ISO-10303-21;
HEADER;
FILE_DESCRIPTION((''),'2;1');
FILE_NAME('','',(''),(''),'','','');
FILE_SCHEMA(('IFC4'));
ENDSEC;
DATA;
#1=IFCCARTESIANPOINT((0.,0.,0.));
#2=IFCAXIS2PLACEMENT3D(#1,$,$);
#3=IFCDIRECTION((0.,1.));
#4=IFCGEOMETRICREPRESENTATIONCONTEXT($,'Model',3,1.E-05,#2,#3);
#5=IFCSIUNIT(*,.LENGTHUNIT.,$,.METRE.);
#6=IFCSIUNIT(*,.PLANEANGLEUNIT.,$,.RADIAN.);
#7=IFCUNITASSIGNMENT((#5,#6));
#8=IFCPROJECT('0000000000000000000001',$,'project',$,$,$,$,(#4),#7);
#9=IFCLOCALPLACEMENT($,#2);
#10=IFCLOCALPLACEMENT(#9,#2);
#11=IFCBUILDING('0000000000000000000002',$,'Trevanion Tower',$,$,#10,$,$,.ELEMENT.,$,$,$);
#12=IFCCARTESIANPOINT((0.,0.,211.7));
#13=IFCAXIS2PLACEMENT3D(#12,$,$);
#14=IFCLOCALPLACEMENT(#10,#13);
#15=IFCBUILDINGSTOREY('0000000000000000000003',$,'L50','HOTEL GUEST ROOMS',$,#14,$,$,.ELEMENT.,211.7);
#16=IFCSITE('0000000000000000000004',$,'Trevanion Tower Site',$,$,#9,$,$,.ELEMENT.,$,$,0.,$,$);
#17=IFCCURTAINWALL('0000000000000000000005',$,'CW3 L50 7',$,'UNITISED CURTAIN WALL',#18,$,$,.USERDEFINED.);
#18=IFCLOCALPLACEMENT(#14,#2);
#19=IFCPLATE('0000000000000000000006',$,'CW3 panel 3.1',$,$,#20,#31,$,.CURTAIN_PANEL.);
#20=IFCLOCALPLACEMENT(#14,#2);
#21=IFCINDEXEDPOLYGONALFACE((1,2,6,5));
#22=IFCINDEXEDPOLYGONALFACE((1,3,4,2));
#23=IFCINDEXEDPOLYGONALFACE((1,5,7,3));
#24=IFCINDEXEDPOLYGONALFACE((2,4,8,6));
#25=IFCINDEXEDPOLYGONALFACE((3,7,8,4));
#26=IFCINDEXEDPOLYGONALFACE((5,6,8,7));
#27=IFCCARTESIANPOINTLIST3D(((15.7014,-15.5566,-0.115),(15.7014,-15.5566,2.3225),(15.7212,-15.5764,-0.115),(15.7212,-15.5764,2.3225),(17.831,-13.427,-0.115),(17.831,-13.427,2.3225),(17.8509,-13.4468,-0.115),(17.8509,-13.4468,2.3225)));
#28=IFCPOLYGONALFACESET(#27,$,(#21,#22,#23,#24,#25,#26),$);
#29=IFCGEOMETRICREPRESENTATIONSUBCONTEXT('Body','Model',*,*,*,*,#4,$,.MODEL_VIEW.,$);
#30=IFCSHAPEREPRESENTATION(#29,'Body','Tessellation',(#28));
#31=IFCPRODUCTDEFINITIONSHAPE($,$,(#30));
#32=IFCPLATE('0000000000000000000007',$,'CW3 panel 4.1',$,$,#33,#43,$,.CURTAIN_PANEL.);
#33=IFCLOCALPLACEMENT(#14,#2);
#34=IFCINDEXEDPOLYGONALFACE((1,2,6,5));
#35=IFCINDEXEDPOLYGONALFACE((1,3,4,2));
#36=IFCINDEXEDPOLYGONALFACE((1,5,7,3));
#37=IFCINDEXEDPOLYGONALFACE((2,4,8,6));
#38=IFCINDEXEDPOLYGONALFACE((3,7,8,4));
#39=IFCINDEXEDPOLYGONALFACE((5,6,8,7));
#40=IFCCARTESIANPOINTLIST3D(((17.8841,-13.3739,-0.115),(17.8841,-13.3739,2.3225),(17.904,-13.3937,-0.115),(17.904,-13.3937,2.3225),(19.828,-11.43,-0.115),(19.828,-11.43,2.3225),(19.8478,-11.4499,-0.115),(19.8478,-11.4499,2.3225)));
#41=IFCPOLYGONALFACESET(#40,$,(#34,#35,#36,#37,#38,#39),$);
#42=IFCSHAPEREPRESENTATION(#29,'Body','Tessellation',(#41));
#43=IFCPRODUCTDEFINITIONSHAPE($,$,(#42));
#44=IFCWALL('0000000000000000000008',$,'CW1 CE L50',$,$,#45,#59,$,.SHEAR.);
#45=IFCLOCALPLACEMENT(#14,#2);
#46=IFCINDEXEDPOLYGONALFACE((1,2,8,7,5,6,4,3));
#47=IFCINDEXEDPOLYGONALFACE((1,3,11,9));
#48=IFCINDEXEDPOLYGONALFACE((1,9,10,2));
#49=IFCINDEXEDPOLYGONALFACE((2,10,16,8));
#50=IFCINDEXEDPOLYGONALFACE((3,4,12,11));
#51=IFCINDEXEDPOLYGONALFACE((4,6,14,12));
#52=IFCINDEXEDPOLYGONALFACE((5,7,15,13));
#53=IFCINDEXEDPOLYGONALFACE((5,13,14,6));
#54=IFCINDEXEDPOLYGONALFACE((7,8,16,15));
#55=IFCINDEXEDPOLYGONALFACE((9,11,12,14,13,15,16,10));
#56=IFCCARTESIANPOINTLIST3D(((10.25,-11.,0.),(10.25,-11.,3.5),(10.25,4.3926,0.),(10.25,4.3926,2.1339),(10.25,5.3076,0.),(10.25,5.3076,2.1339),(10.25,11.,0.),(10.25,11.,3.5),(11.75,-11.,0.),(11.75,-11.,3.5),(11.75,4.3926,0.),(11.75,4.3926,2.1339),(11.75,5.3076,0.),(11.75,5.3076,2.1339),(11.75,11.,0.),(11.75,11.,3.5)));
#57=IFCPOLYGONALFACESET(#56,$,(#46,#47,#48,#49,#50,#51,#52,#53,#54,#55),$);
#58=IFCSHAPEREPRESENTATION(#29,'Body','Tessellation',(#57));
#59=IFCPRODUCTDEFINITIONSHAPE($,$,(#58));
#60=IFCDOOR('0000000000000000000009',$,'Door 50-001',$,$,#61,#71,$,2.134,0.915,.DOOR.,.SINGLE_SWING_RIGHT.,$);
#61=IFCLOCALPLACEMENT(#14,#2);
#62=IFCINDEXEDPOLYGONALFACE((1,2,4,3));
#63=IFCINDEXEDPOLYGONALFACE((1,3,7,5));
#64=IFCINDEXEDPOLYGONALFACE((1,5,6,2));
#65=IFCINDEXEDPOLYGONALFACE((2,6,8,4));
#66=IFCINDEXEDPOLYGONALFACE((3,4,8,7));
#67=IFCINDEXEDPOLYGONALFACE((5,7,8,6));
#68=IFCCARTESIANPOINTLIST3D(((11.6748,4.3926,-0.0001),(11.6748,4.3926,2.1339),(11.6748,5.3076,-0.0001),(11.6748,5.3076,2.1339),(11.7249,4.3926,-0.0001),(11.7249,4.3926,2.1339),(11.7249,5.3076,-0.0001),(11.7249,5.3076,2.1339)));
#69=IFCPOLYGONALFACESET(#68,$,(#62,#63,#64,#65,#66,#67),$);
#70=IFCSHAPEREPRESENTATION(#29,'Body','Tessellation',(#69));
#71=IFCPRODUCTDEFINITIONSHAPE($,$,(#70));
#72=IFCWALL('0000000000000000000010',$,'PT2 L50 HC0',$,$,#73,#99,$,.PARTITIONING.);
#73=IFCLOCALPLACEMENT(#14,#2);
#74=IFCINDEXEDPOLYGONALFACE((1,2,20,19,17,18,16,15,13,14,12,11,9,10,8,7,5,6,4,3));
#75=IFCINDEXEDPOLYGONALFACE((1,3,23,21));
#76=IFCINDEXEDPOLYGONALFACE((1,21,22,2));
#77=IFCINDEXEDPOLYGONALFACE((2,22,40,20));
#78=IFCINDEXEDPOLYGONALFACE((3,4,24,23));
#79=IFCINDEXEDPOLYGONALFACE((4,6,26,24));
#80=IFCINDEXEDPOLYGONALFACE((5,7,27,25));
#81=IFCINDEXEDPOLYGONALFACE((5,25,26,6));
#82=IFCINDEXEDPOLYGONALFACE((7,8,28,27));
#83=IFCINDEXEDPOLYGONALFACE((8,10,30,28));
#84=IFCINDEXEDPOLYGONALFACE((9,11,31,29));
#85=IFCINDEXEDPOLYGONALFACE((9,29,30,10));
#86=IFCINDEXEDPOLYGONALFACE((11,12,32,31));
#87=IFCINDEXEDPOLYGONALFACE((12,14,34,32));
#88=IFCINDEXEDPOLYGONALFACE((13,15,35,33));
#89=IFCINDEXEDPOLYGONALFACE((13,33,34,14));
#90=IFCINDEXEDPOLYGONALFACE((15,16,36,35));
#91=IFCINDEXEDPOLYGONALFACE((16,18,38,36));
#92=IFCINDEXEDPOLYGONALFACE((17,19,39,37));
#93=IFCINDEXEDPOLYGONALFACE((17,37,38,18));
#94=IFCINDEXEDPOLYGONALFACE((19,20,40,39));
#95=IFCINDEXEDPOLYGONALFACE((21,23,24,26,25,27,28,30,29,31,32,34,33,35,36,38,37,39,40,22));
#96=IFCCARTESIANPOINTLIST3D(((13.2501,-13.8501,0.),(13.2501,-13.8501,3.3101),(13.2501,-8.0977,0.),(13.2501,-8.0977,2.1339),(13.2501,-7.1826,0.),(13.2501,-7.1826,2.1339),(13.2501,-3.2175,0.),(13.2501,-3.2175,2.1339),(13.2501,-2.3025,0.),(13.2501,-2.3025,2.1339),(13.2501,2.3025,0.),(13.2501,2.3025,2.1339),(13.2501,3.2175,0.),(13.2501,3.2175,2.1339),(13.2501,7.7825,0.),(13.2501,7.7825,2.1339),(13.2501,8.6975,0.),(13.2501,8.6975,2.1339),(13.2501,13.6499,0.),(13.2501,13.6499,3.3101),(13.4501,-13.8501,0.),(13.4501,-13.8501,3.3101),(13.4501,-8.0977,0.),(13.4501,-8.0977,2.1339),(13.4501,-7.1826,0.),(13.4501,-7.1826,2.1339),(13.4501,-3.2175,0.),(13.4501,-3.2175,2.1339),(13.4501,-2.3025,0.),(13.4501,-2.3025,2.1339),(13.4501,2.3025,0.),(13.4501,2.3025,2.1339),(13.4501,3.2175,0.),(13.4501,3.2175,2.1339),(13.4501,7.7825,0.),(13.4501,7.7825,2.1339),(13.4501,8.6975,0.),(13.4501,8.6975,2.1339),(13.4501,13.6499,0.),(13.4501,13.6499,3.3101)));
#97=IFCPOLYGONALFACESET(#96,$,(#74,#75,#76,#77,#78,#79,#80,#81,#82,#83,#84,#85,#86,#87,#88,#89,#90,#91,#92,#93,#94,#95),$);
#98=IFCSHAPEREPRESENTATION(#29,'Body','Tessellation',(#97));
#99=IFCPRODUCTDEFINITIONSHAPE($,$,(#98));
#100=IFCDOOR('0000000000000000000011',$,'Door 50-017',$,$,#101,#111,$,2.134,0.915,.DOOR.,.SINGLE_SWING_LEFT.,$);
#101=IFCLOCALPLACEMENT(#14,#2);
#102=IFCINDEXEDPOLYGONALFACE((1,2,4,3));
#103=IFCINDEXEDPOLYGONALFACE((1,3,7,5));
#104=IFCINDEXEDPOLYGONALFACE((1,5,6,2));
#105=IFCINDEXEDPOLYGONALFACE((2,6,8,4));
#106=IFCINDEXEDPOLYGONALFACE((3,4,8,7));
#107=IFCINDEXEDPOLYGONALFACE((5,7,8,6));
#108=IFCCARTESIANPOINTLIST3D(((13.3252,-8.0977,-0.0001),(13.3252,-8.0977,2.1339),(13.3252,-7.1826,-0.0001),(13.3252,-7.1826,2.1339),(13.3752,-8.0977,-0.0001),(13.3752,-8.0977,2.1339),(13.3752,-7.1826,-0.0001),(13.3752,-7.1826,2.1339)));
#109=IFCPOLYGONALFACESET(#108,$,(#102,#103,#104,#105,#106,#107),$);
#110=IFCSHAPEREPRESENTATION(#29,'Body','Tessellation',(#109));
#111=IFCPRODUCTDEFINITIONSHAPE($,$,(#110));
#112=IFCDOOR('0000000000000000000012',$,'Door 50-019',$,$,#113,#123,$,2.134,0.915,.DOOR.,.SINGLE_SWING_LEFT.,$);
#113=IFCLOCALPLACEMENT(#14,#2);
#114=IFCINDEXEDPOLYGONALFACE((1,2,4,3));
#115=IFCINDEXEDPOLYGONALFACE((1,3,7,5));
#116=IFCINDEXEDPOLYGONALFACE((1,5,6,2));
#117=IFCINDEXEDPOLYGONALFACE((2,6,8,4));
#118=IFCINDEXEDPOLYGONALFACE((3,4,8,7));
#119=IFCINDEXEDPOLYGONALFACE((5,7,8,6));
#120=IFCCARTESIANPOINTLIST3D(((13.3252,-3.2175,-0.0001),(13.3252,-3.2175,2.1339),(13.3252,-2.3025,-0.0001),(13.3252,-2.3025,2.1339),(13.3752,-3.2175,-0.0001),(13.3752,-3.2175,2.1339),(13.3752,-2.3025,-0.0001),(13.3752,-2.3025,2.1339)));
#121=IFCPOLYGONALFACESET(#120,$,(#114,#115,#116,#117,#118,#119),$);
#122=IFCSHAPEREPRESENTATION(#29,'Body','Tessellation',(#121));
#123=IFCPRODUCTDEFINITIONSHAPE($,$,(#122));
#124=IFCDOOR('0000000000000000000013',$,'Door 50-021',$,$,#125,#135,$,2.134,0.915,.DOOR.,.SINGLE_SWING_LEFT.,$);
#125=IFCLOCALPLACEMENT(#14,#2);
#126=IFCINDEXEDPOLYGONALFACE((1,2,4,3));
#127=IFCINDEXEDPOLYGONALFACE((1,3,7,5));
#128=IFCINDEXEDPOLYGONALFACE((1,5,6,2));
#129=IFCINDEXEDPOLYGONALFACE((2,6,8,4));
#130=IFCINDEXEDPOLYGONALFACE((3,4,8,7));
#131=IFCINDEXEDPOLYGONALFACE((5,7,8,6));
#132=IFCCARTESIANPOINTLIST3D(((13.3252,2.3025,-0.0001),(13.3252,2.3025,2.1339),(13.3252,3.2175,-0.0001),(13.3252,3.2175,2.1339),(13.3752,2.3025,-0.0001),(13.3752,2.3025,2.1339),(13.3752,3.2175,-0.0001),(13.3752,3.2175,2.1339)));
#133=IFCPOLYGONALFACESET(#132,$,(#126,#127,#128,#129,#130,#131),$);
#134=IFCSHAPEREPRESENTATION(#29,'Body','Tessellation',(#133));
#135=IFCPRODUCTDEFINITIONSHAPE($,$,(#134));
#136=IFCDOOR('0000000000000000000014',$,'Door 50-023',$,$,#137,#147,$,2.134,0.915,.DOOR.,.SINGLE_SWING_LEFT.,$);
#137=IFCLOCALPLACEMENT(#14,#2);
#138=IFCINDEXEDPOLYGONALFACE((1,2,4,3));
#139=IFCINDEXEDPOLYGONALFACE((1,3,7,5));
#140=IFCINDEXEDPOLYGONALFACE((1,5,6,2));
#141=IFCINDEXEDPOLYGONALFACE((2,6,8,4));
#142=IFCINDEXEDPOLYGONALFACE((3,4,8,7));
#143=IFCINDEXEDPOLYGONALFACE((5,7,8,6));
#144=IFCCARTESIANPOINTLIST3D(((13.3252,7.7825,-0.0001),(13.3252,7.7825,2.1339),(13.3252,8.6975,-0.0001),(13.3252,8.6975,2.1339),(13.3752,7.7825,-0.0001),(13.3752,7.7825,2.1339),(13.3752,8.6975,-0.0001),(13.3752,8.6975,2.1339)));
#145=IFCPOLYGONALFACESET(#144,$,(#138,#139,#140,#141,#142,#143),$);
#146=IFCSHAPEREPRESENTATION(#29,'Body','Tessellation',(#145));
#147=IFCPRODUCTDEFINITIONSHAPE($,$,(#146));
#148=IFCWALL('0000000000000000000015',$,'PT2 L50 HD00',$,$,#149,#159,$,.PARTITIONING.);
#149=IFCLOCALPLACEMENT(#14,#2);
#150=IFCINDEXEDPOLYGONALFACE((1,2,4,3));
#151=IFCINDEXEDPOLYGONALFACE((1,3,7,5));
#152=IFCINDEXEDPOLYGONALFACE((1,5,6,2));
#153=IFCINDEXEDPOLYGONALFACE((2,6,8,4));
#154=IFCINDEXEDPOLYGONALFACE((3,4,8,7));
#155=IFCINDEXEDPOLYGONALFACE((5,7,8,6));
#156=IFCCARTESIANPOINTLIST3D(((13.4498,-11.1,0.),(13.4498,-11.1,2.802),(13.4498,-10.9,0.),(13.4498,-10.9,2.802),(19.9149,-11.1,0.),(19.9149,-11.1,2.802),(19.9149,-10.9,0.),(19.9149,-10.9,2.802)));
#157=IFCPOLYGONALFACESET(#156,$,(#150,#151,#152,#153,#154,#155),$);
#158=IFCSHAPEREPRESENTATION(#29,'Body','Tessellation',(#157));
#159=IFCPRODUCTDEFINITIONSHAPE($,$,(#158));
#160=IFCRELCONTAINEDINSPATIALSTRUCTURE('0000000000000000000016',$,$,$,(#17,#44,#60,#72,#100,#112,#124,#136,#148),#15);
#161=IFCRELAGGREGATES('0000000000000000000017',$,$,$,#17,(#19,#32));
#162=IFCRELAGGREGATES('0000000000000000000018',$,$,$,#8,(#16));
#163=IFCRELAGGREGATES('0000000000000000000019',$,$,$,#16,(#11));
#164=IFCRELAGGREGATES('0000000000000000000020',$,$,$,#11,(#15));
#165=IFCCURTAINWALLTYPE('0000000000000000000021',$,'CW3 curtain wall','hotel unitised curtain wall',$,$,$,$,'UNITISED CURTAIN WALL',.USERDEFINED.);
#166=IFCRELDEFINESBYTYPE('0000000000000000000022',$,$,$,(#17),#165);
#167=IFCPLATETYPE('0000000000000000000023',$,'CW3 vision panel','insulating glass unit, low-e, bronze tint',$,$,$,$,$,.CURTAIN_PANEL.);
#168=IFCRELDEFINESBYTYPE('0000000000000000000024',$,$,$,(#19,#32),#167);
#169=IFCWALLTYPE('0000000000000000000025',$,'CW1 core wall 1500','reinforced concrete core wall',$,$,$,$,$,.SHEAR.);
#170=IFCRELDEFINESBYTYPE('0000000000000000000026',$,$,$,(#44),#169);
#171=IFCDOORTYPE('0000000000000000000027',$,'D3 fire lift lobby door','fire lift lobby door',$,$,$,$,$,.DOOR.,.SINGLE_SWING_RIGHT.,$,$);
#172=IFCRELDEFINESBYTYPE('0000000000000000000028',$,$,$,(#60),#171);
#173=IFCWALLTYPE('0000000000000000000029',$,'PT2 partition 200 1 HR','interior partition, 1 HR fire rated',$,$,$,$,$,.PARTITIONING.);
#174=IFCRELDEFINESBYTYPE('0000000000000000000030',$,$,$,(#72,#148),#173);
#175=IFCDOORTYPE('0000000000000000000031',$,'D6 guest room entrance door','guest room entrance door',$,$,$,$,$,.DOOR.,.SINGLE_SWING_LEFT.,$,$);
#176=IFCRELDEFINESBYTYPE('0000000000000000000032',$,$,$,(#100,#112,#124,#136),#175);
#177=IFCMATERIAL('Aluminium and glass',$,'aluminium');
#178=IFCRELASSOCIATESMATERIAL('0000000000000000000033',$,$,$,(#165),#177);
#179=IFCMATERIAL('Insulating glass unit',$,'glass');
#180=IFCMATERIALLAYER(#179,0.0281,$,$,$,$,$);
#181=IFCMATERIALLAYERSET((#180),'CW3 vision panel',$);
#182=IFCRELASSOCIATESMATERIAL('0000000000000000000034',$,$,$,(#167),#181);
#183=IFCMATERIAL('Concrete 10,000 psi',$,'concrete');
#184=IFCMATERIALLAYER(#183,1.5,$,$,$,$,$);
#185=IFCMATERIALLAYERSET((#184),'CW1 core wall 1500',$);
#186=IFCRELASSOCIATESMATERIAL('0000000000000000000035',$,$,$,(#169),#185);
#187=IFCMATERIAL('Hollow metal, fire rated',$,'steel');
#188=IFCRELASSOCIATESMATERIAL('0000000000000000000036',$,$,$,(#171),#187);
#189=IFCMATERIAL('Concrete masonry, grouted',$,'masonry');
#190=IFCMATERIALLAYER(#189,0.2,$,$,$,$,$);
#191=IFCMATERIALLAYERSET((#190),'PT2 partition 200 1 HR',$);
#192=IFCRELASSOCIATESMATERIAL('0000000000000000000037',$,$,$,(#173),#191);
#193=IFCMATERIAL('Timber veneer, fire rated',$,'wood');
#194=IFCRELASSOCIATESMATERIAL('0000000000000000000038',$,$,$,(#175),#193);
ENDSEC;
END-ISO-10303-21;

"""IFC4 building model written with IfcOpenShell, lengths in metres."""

from ifc_helpers import new_model, si_unit, direction, frame, frame_2d, origin, origin_2d, place, context, subcontext, project, spatial, rectangle, extrude, material, layer, layer_set, type_object, element, fill, aggregate, save


model = new_model("IFC4")

# Units and contexts
model_context = context("Model", 3, precision=1e-05, world=origin(), true_north=direction((0.0, 1.0)))
body_context = subcontext(model_context, "Body", "Model", "MODEL_VIEW")
ifc_project = project(units=[si_unit("LENGTHUNIT", "METRE"), si_unit("PLANEANGLEUNIT", "RADIAN")], contexts=[model_context])

# Site, building, storey
site_placement = place(None, origin())
site = spatial("IfcSite", under=ifc_project, at=site_placement, Name="Trevanion Tower Site", CompositionType="ELEMENT", RefElevation=0.0)
building_placement = place(site_placement, origin())
building = spatial("IfcBuilding", under=site, at=building_placement, Name="Trevanion Tower", CompositionType="ELEMENT")
storey_placement = place(building_placement, frame((0.0, 0.0, 211.7)))
storey = spatial("IfcBuildingStorey", under=building, at=storey_placement, Name="L50", Description="HOTEL GUEST ROOMS", CompositionType="ELEMENT", Elevation=211.7)

# Curtain wall
ifc_material_1 = material(Name="Aluminium and glass", Category="aluminium")
curtain_wall_type = type_object("IfcCurtainWallType", Name="CW3 curtain wall", Description="hotel unitised curtain wall", ElementType="UNITISED CURTAIN WALL", PredefinedType="USERDEFINED", material=ifc_material_1)
curtain_wall_1_placement = place(storey_placement, origin())
curtain_wall_1 = element("IfcCurtainWall", 1, at=curtain_wall_1_placement, inside=storey, type_object=curtain_wall_type, Name="CW3 L50 7", ObjectType="UNITISED CURTAIN WALL", PredefinedType="USERDEFINED")

# Plates
ifc_material_2 = material(Name="Insulating glass unit", Category="glass")
ifc_layer_1 = layer(ifc_material_2, 0.0281)
ifc_layer_set_1 = layer_set([ifc_layer_1], Name="CW3 vision panel")
plate_type_1 = type_object("IfcPlateType", Name="CW3 vision panel", Description="insulating glass unit, low-e, bronze tint", PredefinedType="CURTAIN_PANEL", material=ifc_layer_set_1)
plate_1_placement = place(storey_placement, frame((16.7761, -14.5017, -0.115), z_axis=(0.0, 0.0, 1.0), x_axis=(0.707107, 0.707107, 0.0)))
plate_1 = element("IfcPlate", 2, at=plate_1_placement, type_object=plate_type_1, Name="CW3 panel 3.1", PredefinedType="CURTAIN_PANEL", context=body_context, shape_type="SweptSolid", body=[
    extrude(rectangle(XDim=3.0117, YDim=0.0281, at=origin_2d()), origin(), (0.0, 0.0, 1.0), 2.4375),
])
plate_2_placement = place(storey_placement, frame((18.866, -12.4119, -0.115), z_axis=(0.0, 0.0, 1.0), x_axis=(0.707107, 0.707107, 0.0)))
plate_2 = element("IfcPlate", 3, at=plate_2_placement, type_object=plate_type_1, Name="CW3 panel 4.1", PredefinedType="CURTAIN_PANEL", context=body_context, shape_type="SweptSolid", body=[
    extrude(rectangle(XDim=2.749, YDim=0.0281, at=origin_2d()), origin(), (0.0, 0.0, 1.0), 2.4375),
])
aggregate(curtain_wall_1, [plate_1, plate_2])

# Wall, opening, door
ifc_material_3 = material(Name="Concrete 10,000 psi", Category="concrete")
ifc_layer_2 = layer(ifc_material_3, 1.5)
ifc_layer_set_2 = layer_set([ifc_layer_2], Name="CW1 core wall 1500")
wall_type_1 = type_object("IfcWallType", Name="CW1 core wall 1500", Description="reinforced concrete core wall", PredefinedType="SHEAR", material=ifc_layer_set_2)
wall_1_placement = place(storey_placement, frame((11.0, -11.0, 0.0), z_axis=(0.0, 0.0, 1.0), x_axis=(0.0, 1.0, 0.0)))
wall_1 = element("IfcWall", 4, at=wall_1_placement, inside=storey, type_object=wall_type_1, Name="CW1 CE L50", PredefinedType="SHEAR", context=body_context, shape_type="SweptSolid", body=[
    extrude(rectangle(XDim=22.0, YDim=1.5, at=frame_2d((11.0, 0.0))), origin(), (0.0, 0.0, 1.0), 3.5),
])
opening_1_placement = place(wall_1_placement, frame((15.3926, 0.0, 0.0)))
opening_1 = element("IfcOpeningElement", 5, at=opening_1_placement, cuts=wall_1, PredefinedType="OPENING", context=body_context, shape_type="SweptSolid", body=[
    extrude(rectangle(XDim=0.915, YDim=2.134, at=frame_2d((0.4575, 1.0669))), frame((0.0, 0.76, 0.0), z_axis=(0.0, -1.0, 0.0), x_axis=(1.0, 0.0, 0.0)), (0.0, 0.0, 1.0), 1.52),
])
ifc_material_4 = material(Name="Hollow metal, fire rated", Category="steel")
door_type_1 = type_object("IfcDoorType", Name="D3 fire lift lobby door", Description="fire lift lobby door", OperationType="SINGLE_SWING_RIGHT", PredefinedType="DOOR", material=ifc_material_4)
door_1_placement = place(opening_1_placement, origin())
door_1 = element("IfcDoor", 6, at=door_1_placement, inside=storey, type_object=door_type_1, Name="Door 50-001", OperationType="SINGLE_SWING_RIGHT", OverallHeight=2.134, OverallWidth=0.915, PredefinedType="DOOR", context=body_context, shape_type="SweptSolid", body=[
    extrude(rectangle(XDim=0.915, YDim=2.134, at=frame_2d((0.4575, 1.0669))), frame((0.0, -0.6748, 0.0), z_axis=(0.0, -1.0, 0.0), x_axis=(1.0, 0.0, 0.0)), (0.0, 0.0, 1.0), 0.05),
])
fill(opening_1, door_1)

# Wall, openings, doors
ifc_material_5 = material(Name="Concrete masonry, grouted", Category="masonry")
ifc_layer_3 = layer(ifc_material_5, 0.2)
ifc_layer_set_3 = layer_set([ifc_layer_3], Name="PT2 partition 200 1 HR")
wall_type_2 = type_object("IfcWallType", Name="PT2 partition 200 1 HR", Description="interior partition, 1 HR fire rated", PredefinedType="PARTITIONING", material=ifc_layer_set_3)
wall_2_placement = place(storey_placement, frame((13.3501, -13.8501, 0.0), z_axis=(0.0, 0.0, 1.0), x_axis=(0.0, 1.0, 0.0)))
wall_2 = element("IfcWall", 7, at=wall_2_placement, inside=storey, type_object=wall_type_2, Name="PT2 L50 HC0", PredefinedType="PARTITIONING", context=body_context, shape_type="SweptSolid", body=[
    extrude(rectangle(XDim=27.5, YDim=0.2, at=frame_2d((13.75, 0.0))), origin(), (0.0, 0.0, 1.0), 3.3101),
])
opening_2_placement = place(wall_2_placement, frame((5.7524, 0.0, 0.0)))
opening_2 = element("IfcOpeningElement", 8, at=opening_2_placement, cuts=wall_2, PredefinedType="OPENING", context=body_context, shape_type="SweptSolid", body=[
    extrude(rectangle(XDim=0.915, YDim=2.134, at=frame_2d((0.4575, 1.0669))), frame((0.0, 0.1099, 0.0), z_axis=(0.0, -1.0, 0.0), x_axis=(1.0, 0.0, 0.0)), (0.0, 0.0, 1.0), 0.22),
])
opening_3_placement = place(wall_2_placement, frame((10.6326, 0.0, 0.0)))
opening_3 = element("IfcOpeningElement", 9, at=opening_3_placement, cuts=wall_2, PredefinedType="OPENING", context=body_context, shape_type="SweptSolid", body=[
    extrude(rectangle(XDim=0.915, YDim=2.134, at=frame_2d((0.4575, 1.0669))), frame((0.0, 0.1099, 0.0), z_axis=(0.0, -1.0, 0.0), x_axis=(1.0, 0.0, 0.0)), (0.0, 0.0, 1.0), 0.22),
])
opening_4_placement = place(wall_2_placement, frame((16.1526, 0.0, 0.0)))
opening_4 = element("IfcOpeningElement", 10, at=opening_4_placement, cuts=wall_2, PredefinedType="OPENING", context=body_context, shape_type="SweptSolid", body=[
    extrude(rectangle(XDim=0.915, YDim=2.134, at=frame_2d((0.4575, 1.0669))), frame((0.0, 0.1099, 0.0), z_axis=(0.0, -1.0, 0.0), x_axis=(1.0, 0.0, 0.0)), (0.0, 0.0, 1.0), 0.22),
])
opening_5_placement = place(wall_2_placement, frame((21.6326, 0.0, 0.0)))
opening_5 = element("IfcOpeningElement", 11, at=opening_5_placement, cuts=wall_2, PredefinedType="OPENING", context=body_context, shape_type="SweptSolid", body=[
    extrude(rectangle(XDim=0.915, YDim=2.134, at=frame_2d((0.4575, 1.0669))), frame((0.0, 0.1099, 0.0), z_axis=(0.0, -1.0, 0.0), x_axis=(1.0, 0.0, 0.0)), (0.0, 0.0, 1.0), 0.22),
])
ifc_material_6 = material(Name="Timber veneer, fire rated", Category="wood")
door_type_2 = type_object("IfcDoorType", Name="D6 guest room entrance door", Description="guest room entrance door", OperationType="SINGLE_SWING_LEFT", PredefinedType="DOOR", material=ifc_material_6)
door_2_placement = place(opening_2_placement, origin())
door_2 = element("IfcDoor", 12, at=door_2_placement, inside=storey, type_object=door_type_2, Name="Door 50-017", OperationType="SINGLE_SWING_LEFT", OverallHeight=2.134, OverallWidth=0.915, PredefinedType="DOOR", context=body_context, shape_type="SweptSolid", body=[
    extrude(rectangle(XDim=0.915, YDim=2.134, at=frame_2d((0.4575, 1.0669))), frame((0.0, 0.0249, 0.0), z_axis=(0.0, -1.0, 0.0), x_axis=(1.0, 0.0, 0.0)), (0.0, 0.0, 1.0), 0.05),
])
fill(opening_2, door_2)
door_3_placement = place(opening_3_placement, origin())
door_3 = element("IfcDoor", 13, at=door_3_placement, inside=storey, type_object=door_type_2, Name="Door 50-019", OperationType="SINGLE_SWING_LEFT", OverallHeight=2.134, OverallWidth=0.915, PredefinedType="DOOR", context=body_context, shape_type="SweptSolid", body=[
    extrude(rectangle(XDim=0.915, YDim=2.134, at=frame_2d((0.4575, 1.0669))), frame((0.0, 0.0249, 0.0), z_axis=(0.0, -1.0, 0.0), x_axis=(1.0, 0.0, 0.0)), (0.0, 0.0, 1.0), 0.05),
])
fill(opening_3, door_3)
door_4_placement = place(opening_4_placement, origin())
door_4 = element("IfcDoor", 14, at=door_4_placement, inside=storey, type_object=door_type_2, Name="Door 50-021", OperationType="SINGLE_SWING_LEFT", OverallHeight=2.134, OverallWidth=0.915, PredefinedType="DOOR", context=body_context, shape_type="SweptSolid", body=[
    extrude(rectangle(XDim=0.915, YDim=2.134, at=frame_2d((0.4575, 1.0669))), frame((0.0, 0.0249, 0.0), z_axis=(0.0, -1.0, 0.0), x_axis=(1.0, 0.0, 0.0)), (0.0, 0.0, 1.0), 0.05),
])
fill(opening_4, door_4)
door_5_placement = place(opening_5_placement, origin())
door_5 = element("IfcDoor", 15, at=door_5_placement, inside=storey, type_object=door_type_2, Name="Door 50-023", OperationType="SINGLE_SWING_LEFT", OverallHeight=2.134, OverallWidth=0.915, PredefinedType="DOOR", context=body_context, shape_type="SweptSolid", body=[
    extrude(rectangle(XDim=0.915, YDim=2.134, at=frame_2d((0.4575, 1.0669))), frame((0.0, 0.0249, 0.0), z_axis=(0.0, -1.0, 0.0), x_axis=(1.0, 0.0, 0.0)), (0.0, 0.0, 1.0), 0.05),
])
fill(opening_5, door_5)

# Wall
wall_3_placement = place(storey_placement, frame((13.45, -11.0, 0.0), z_axis=(0.0, 0.0, 1.0), x_axis=(1.0, 0.0, 0.0)))
element("IfcWall", 16, at=wall_3_placement, inside=storey, type_object=wall_type_2, Name="PT2 L50 HD00", PredefinedType="PARTITIONING", context=body_context, shape_type="SweptSolid", body=[
    extrude(rectangle(XDim=6.4651, YDim=0.2, at=frame_2d((3.2324, 0.0))), origin(), (0.0, 0.0, 1.0), 2.802),
])

save(model, "model.ifc")
